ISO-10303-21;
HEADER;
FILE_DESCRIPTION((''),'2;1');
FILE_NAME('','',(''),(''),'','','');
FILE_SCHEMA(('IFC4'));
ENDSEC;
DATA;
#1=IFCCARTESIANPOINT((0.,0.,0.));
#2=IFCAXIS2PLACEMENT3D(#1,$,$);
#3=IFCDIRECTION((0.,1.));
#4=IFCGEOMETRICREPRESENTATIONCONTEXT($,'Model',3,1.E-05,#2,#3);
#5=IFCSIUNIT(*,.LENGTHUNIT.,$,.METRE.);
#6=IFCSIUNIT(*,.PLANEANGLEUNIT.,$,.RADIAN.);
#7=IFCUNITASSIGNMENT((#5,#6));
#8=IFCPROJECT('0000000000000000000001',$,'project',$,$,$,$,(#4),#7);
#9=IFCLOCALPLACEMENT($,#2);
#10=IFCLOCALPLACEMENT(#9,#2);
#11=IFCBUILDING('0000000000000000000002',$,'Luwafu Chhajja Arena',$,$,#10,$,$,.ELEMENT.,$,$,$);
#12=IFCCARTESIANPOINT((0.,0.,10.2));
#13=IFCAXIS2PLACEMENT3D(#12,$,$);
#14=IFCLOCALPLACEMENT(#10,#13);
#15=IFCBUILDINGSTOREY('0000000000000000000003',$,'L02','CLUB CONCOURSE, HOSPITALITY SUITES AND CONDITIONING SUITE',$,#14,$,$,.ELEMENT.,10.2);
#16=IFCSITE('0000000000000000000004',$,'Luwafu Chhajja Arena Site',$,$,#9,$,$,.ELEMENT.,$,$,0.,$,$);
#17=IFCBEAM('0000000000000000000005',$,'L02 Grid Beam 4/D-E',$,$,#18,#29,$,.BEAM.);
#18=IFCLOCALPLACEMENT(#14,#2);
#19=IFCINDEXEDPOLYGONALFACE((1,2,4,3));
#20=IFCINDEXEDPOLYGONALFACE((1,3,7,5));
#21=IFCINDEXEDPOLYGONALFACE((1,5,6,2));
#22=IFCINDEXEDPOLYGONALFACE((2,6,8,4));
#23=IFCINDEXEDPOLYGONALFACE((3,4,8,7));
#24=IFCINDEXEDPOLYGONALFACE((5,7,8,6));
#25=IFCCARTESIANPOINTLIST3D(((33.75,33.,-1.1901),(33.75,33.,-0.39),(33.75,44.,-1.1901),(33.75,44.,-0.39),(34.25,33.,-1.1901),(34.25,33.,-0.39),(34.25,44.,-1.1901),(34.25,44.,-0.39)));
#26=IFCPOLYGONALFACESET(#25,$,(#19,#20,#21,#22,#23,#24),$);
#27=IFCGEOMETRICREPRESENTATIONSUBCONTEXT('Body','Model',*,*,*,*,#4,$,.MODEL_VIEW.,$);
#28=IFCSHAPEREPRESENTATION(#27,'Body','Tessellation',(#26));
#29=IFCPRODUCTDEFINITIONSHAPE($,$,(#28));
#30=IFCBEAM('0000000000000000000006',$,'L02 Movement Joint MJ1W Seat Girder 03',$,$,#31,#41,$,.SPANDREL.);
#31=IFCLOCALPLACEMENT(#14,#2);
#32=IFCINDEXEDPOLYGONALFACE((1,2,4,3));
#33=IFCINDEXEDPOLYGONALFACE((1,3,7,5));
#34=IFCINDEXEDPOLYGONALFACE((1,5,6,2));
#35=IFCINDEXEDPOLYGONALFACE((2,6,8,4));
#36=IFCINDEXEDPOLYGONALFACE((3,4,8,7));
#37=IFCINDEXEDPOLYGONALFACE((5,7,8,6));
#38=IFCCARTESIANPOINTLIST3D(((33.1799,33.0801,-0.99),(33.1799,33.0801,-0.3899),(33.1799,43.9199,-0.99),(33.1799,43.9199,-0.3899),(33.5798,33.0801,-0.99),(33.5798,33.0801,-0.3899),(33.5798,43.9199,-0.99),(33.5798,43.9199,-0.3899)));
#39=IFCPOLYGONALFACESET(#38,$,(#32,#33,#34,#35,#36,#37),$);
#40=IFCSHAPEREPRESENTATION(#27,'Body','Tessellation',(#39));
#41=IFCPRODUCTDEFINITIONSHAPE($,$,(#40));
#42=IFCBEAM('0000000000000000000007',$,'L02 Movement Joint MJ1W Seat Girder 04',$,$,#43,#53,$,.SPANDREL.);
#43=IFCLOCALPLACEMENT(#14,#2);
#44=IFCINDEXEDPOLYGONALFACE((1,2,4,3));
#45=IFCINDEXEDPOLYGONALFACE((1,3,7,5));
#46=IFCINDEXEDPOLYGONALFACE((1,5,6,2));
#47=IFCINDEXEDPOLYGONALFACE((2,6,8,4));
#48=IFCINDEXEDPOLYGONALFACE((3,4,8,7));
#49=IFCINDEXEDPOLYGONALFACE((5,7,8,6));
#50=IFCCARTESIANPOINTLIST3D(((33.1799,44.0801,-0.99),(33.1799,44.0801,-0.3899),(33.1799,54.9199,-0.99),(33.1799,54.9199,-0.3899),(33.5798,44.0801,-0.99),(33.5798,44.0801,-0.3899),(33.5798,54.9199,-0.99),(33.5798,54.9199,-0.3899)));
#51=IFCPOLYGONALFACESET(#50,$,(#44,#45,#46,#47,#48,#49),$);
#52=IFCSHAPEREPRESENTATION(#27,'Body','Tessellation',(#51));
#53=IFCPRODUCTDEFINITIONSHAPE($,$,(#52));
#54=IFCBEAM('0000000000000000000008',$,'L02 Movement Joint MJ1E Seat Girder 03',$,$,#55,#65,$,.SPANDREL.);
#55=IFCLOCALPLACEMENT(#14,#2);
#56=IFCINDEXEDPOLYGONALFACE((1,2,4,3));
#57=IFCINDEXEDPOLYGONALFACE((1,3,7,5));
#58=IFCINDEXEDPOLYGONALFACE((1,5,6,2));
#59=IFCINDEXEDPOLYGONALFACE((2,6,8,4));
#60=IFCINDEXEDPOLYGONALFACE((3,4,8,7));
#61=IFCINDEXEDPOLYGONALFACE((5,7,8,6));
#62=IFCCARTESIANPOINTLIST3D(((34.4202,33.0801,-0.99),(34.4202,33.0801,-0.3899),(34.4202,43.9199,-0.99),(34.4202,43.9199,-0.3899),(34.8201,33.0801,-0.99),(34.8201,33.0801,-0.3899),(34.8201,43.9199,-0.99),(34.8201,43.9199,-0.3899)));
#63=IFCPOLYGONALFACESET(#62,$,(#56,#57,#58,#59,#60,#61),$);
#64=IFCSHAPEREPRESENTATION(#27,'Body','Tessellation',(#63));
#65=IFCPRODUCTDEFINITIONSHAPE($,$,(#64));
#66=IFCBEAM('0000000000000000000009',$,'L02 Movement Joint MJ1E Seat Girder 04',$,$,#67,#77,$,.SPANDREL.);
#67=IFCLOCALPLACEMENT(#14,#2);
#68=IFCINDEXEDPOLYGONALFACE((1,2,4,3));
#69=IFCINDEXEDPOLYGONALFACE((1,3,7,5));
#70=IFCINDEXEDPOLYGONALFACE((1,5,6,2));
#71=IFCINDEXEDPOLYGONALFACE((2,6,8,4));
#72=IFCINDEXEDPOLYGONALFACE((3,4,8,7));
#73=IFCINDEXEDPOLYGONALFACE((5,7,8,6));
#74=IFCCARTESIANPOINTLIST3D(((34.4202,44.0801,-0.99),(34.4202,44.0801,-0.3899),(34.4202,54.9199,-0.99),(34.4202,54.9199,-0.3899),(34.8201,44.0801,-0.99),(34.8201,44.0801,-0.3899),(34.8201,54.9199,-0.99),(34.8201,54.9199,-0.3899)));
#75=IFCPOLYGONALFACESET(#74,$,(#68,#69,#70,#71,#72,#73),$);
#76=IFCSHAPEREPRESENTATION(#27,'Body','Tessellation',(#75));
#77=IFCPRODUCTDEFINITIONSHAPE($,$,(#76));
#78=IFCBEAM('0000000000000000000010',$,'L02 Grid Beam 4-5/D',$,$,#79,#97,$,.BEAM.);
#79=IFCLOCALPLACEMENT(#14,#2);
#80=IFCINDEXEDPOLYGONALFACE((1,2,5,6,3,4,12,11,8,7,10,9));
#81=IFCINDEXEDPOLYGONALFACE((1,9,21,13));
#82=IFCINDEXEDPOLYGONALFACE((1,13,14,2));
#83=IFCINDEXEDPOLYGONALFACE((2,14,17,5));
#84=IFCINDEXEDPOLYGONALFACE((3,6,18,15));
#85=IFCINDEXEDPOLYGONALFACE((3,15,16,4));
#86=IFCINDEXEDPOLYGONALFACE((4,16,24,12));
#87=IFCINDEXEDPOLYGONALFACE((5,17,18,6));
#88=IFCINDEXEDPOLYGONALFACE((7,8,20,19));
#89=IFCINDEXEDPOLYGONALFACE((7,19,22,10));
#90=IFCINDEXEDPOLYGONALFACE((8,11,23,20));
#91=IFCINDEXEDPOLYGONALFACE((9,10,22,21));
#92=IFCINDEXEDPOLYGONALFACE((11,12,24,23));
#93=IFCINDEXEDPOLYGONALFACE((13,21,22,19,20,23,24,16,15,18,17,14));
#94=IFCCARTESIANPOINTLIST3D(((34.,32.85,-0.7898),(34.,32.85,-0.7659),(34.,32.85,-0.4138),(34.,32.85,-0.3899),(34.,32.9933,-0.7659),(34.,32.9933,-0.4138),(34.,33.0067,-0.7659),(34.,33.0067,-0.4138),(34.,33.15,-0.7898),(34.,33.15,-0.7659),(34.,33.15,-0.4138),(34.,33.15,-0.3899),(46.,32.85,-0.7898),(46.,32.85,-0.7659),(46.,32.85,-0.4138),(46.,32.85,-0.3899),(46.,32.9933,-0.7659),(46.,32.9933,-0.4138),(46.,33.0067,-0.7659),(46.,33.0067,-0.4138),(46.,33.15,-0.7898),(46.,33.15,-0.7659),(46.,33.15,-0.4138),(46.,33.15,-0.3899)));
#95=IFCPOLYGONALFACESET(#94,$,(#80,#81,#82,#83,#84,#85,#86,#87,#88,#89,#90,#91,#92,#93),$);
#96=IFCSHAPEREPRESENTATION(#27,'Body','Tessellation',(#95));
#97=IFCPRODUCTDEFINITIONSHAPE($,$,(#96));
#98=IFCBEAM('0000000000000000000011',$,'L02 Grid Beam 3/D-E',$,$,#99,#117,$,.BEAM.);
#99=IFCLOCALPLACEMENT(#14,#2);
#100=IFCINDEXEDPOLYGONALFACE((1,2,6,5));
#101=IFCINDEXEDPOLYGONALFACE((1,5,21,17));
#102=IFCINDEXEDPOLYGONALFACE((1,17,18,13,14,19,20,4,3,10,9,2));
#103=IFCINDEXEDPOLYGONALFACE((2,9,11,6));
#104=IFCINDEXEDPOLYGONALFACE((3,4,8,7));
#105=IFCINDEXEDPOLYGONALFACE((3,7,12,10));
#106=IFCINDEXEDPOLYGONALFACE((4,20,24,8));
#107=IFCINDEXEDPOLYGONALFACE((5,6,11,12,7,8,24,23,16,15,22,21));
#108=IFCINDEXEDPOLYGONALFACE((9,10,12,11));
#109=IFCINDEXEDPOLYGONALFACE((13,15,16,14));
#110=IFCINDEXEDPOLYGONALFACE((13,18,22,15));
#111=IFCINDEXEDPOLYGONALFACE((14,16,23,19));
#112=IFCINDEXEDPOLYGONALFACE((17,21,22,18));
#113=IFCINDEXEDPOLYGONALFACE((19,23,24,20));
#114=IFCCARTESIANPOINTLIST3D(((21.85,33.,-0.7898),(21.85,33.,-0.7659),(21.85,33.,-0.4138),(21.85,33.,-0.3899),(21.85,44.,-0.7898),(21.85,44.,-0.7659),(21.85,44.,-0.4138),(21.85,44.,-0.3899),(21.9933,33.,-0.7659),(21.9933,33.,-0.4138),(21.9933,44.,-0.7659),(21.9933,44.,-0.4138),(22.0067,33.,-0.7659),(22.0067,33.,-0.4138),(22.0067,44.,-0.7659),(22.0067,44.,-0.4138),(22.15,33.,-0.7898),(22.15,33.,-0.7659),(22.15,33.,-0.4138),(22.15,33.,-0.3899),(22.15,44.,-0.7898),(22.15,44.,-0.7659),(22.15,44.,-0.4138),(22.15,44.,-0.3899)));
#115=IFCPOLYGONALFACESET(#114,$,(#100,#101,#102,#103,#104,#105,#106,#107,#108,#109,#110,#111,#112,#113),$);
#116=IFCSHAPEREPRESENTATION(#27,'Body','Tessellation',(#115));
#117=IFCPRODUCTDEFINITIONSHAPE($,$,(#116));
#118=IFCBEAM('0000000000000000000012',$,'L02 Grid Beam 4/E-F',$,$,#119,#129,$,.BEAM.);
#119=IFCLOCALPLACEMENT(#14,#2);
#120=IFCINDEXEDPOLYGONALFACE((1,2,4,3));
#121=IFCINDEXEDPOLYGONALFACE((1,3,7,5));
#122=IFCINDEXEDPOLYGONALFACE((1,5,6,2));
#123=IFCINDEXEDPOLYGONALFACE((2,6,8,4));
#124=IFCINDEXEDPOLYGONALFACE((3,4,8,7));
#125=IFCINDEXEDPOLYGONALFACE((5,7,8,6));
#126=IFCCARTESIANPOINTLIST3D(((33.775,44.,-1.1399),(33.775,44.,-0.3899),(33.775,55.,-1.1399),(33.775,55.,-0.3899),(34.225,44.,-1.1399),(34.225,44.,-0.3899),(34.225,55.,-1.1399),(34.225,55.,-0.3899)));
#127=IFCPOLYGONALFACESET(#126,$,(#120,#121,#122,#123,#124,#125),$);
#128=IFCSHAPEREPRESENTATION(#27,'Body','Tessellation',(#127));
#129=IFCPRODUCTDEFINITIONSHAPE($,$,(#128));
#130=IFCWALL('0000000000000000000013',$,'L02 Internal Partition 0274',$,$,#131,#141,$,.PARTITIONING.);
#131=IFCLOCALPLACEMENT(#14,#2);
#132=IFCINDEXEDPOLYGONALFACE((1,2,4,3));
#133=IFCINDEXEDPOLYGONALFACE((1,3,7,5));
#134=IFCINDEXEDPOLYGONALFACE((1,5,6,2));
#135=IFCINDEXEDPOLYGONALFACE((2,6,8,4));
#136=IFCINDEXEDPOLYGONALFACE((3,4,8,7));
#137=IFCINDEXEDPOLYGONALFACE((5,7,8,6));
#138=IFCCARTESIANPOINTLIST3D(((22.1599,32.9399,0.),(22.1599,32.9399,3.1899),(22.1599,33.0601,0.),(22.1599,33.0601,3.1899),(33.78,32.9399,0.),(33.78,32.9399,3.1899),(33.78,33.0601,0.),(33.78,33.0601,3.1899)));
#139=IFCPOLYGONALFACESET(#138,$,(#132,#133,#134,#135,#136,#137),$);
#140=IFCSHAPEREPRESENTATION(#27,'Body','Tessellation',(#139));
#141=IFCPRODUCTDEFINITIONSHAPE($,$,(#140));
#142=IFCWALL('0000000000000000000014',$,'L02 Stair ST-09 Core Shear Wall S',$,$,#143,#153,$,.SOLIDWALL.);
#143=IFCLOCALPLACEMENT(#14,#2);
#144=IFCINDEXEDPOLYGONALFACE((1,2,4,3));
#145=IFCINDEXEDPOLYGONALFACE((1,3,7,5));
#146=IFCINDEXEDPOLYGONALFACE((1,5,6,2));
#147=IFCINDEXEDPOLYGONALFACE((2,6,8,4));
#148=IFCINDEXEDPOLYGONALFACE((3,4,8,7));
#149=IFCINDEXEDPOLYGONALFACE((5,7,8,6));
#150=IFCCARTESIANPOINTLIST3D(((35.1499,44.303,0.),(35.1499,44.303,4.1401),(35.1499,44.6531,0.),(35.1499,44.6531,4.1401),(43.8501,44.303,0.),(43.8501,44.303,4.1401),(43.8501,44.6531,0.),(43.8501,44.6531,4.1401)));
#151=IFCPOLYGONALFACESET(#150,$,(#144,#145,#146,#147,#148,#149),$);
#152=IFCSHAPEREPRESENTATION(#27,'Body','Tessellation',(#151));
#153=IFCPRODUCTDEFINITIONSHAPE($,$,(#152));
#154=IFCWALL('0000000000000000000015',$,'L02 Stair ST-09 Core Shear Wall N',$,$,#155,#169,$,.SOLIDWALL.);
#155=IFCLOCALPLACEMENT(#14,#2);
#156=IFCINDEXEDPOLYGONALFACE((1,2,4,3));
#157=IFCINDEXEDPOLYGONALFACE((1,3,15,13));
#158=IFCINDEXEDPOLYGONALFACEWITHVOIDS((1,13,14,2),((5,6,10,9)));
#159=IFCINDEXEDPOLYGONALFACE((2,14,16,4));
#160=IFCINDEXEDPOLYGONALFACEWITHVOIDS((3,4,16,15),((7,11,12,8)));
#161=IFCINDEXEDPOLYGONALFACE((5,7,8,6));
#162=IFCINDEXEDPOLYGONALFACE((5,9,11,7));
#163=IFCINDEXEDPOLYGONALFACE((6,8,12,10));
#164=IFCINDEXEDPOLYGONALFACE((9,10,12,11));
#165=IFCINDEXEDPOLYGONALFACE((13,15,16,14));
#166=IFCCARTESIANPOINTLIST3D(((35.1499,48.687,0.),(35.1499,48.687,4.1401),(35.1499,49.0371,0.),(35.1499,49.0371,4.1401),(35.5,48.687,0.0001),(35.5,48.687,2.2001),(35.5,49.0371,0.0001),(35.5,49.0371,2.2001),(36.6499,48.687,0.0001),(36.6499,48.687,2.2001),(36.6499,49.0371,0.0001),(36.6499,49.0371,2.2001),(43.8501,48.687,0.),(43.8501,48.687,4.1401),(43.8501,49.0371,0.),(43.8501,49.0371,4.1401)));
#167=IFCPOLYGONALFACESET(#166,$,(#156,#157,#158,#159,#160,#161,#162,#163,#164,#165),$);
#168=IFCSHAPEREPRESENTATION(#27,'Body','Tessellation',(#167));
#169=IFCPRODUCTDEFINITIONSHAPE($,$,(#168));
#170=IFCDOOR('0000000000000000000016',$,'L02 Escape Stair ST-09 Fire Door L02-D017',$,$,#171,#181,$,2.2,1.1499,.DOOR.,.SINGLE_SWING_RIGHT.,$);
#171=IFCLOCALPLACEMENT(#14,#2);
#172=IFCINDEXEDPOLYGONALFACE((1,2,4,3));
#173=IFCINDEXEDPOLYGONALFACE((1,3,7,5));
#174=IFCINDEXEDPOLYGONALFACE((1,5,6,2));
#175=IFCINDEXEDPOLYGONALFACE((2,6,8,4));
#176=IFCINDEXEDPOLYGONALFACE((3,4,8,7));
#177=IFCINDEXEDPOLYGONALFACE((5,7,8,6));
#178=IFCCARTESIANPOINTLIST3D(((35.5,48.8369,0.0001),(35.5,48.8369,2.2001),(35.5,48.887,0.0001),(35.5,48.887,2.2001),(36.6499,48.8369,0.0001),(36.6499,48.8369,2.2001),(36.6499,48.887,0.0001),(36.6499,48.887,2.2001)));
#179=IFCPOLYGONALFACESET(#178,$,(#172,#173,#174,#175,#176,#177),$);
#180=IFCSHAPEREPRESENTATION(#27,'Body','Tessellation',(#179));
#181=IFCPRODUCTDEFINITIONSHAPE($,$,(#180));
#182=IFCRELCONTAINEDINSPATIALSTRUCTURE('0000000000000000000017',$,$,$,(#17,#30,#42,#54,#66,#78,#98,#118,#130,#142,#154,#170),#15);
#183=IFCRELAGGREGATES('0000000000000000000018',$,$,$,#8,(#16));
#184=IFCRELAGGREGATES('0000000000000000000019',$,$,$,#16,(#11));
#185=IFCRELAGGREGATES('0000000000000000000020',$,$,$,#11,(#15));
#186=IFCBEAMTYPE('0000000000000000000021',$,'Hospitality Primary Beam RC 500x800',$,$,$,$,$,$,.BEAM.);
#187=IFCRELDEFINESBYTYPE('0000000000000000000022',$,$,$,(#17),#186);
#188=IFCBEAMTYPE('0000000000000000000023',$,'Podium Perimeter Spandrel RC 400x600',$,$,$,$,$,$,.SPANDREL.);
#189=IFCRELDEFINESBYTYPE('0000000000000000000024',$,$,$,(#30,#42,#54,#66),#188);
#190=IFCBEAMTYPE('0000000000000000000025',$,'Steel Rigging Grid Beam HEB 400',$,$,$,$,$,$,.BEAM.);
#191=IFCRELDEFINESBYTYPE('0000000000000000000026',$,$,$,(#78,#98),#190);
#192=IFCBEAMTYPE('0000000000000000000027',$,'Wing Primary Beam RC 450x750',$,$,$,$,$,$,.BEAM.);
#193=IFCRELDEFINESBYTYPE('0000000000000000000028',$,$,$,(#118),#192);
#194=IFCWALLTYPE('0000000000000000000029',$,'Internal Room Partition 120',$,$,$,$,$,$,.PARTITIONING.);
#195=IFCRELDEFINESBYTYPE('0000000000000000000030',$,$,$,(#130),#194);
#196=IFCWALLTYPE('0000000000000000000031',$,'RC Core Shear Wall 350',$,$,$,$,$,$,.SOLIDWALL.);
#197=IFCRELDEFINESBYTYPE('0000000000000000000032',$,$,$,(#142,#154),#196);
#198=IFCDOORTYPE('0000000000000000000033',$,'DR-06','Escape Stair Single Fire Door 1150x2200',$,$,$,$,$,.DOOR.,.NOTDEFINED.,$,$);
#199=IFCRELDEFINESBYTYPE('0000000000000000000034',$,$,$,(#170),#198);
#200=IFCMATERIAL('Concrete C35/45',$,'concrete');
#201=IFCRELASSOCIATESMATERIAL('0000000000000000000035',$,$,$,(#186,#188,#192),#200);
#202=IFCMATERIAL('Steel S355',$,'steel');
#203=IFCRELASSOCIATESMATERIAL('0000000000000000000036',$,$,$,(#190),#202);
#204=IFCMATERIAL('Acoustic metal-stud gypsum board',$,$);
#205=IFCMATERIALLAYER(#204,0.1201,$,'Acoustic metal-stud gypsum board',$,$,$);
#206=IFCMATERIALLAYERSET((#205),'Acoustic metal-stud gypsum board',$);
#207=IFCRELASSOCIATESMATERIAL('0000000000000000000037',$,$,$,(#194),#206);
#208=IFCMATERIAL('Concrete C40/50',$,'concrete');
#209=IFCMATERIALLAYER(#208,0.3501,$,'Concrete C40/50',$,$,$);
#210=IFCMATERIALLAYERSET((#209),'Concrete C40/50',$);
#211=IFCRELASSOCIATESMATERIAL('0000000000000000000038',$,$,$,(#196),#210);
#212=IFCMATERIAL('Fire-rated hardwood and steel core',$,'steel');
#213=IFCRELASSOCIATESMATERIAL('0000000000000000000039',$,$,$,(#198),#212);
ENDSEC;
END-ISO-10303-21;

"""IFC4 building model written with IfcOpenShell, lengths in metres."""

from ifc_helpers import new_model, si_unit, direction, frame, frame_2d, origin, origin_2d, place, context, subcontext, project, spatial, rectangle, i_section, extrude, material, layer, layer_set, material_profile, profile_set, type_object, element, fill, save


model = new_model("IFC4")

# Units and contexts
model_context = context("Model", 3, precision=1e-05, world=origin(), true_north=direction((0.0, 1.0)))
body_context = subcontext(model_context, "Body", "Model", "MODEL_VIEW")
ifc_project = project(units=[si_unit("LENGTHUNIT", "METRE"), si_unit("PLANEANGLEUNIT", "RADIAN")], contexts=[model_context])

# Site, building, storey
site_placement = place(None, origin())
site = spatial("IfcSite", under=ifc_project, at=site_placement, Name="Luwafu Chhajja Arena Site", CompositionType="ELEMENT", RefElevation=0.0)
building_placement = place(site_placement, origin())
building = spatial("IfcBuilding", under=site, at=building_placement, Name="Luwafu Chhajja Arena", CompositionType="ELEMENT")
storey_placement = place(building_placement, frame((0.0, 0.0, 10.2)))
storey = spatial("IfcBuildingStorey", under=building, at=storey_placement, Name="L02", Description="CLUB CONCOURSE, HOSPITALITY SUITES AND CONDITIONING SUITE", CompositionType="ELEMENT", Elevation=10.2)

# Shared definitions
ifc_material_1 = material(Name="Concrete C35/45", Category="concrete")

# Shared definitions
ifc_material_2 = material(Name="Steel S355", Category="steel")

# Beams
ifc_material_profile_1 = material_profile(ifc_material_1, rectangle(XDim=0.5, YDim=0.8, at=origin_2d()), Name="RC 500x800")
ifc_profile_set_1 = profile_set([ifc_material_profile_1], Name="Concrete C35/45")
beam_type_1 = type_object("IfcBeamType", Name="Hospitality Primary Beam RC 500x800", PredefinedType="BEAM", material=ifc_profile_set_1)
beam_1_placement = place(storey_placement, frame((34.0, 33.0, -0.79), z_axis=(0.0, 1.0, 0.0), x_axis=(-1.0, 0.0, 0.0)))
element("IfcBeam", 1, at=beam_1_placement, inside=storey, type_object=beam_type_1, Name="L02 Grid Beam 4/D-E", PredefinedType="BEAM", context=body_context, shape_type="SweptSolid", body=[
    extrude(rectangle(XDim=0.5, YDim=0.8, at=origin_2d()), origin(), (0.0, 0.0, 1.0), 11.0),
])
ifc_material_profile_2 = material_profile(ifc_material_1, rectangle(XDim=0.3999, YDim=0.6001, at=origin_2d()), Name="RC 400x600")
ifc_profile_set_2 = profile_set([ifc_material_profile_2], Name="Concrete C35/45")
beam_type_2 = type_object("IfcBeamType", Name="Podium Perimeter Spandrel RC 400x600", PredefinedType="SPANDREL", material=ifc_profile_set_2)
for number, where, z_axis, x_axis, name in (
    (2, (33.3799, 33.0801, -0.6899), (0.0, 1.0, 0.0), (-1.0, 0.0, 0.0), "L02 Movement Joint MJ1W Seat Girder 03"),
    (3, (33.3799, 44.0801, -0.6899), (0.0, 1.0, 0.0), (-1.0, 0.0, 0.0), "L02 Movement Joint MJ1W Seat Girder 04"),
    (4, (34.6201, 33.0801, -0.6899), (0.0, 1.0, 0.0), (-1.0, 0.0, 0.0), "L02 Movement Joint MJ1E Seat Girder 03"),
    (5, (34.6201, 44.0801, -0.6899), (0.0, 1.0, 0.0), (-1.0, 0.0, 0.0), "L02 Movement Joint MJ1E Seat Girder 04"),
):
    element("IfcBeam", number, at=place(storey_placement, frame(where, z_axis=z_axis, x_axis=x_axis)), inside=storey, type_object=beam_type_2, Name=name, PredefinedType="SPANDREL", context=body_context, shape_type="SweptSolid", body=[
        extrude(rectangle(XDim=0.3999, YDim=0.6001, at=origin_2d()), origin(), (0.0, 0.0, 1.0), 10.8398),
    ])
ifc_material_profile_3 = material_profile(ifc_material_2, i_section(OverallWidth=0.3, OverallDepth=0.3999, WebThickness=0.0134, FlangeThickness=0.0239, at=origin_2d()), Name="HEB 400")
ifc_profile_set_3 = profile_set([ifc_material_profile_3], Name="Steel S355")
beam_type_3 = type_object("IfcBeamType", Name="Steel Rigging Grid Beam HEB 400", PredefinedType="BEAM", material=ifc_profile_set_3)
beam_2_placement = place(storey_placement, frame((34.0, 33.0, -0.5898), z_axis=(1.0, 0.0, 0.0), x_axis=(0.0, 1.0, 0.0)))
element("IfcBeam", 6, at=beam_2_placement, inside=storey, type_object=beam_type_3, Name="L02 Grid Beam 4-5/D", PredefinedType="BEAM", context=body_context, shape_type="SweptSolid", body=[
    extrude(i_section(OverallWidth=0.3, OverallDepth=0.3999, WebThickness=0.0134, FlangeThickness=0.0239, at=origin_2d()), origin(), (0.0, 0.0, 1.0), 12.0),
])
beam_3_placement = place(storey_placement, frame((22.0, 33.0, -0.5898), z_axis=(0.0, 1.0, 0.0), x_axis=(-1.0, 0.0, 0.0)))
element("IfcBeam", 7, at=beam_3_placement, inside=storey, type_object=beam_type_3, Name="L02 Grid Beam 3/D-E", PredefinedType="BEAM", context=body_context, shape_type="SweptSolid", body=[
    extrude(i_section(OverallWidth=0.3, OverallDepth=0.3999, WebThickness=0.0134, FlangeThickness=0.0239, at=origin_2d()), origin(), (0.0, 0.0, 1.0), 11.0),
])
ifc_material_profile_4 = material_profile(ifc_material_1, rectangle(XDim=0.45, YDim=0.75, at=origin_2d()), Name="RC 450x750")
ifc_profile_set_4 = profile_set([ifc_material_profile_4], Name="Concrete C35/45")
beam_type_4 = type_object("IfcBeamType", Name="Wing Primary Beam RC 450x750", PredefinedType="BEAM", material=ifc_profile_set_4)
beam_4_placement = place(storey_placement, frame((34.0, 44.0, -0.7649), z_axis=(0.0, 1.0, 0.0), x_axis=(-1.0, 0.0, 0.0)))
element("IfcBeam", 8, at=beam_4_placement, inside=storey, type_object=beam_type_4, Name="L02 Grid Beam 4/E-F", PredefinedType="BEAM", context=body_context, shape_type="SweptSolid", body=[
    extrude(rectangle(XDim=0.45, YDim=0.75, at=origin_2d()), origin(), (0.0, 0.0, 1.0), 11.0),
])

# Walls
ifc_material_3 = material(Name="Acoustic metal-stud gypsum board")
ifc_layer_1 = layer(ifc_material_3, 0.1201, Name="Acoustic metal-stud gypsum board")
ifc_layer_set_1 = layer_set([ifc_layer_1], Name="Acoustic metal-stud gypsum board")
wall_type_1 = type_object("IfcWallType", Name="Internal Room Partition 120", PredefinedType="PARTITIONING", material=ifc_layer_set_1)
wall_1_placement = place(storey_placement, frame((22.1599, 33.0, 0.0), z_axis=(0.0, 0.0, 1.0), x_axis=(1.0, 0.0, 0.0)))
element("IfcWall", 9, at=wall_1_placement, inside=storey, type_object=wall_type_1, Name="L02 Internal Partition 0274", PredefinedType="PARTITIONING", context=body_context, shape_type="SweptSolid", body=[
    extrude(rectangle(XDim=11.6201, YDim=0.1201, at=frame_2d((5.8101, 0.0))), origin(), (0.0, 0.0, 1.0), 3.1899),
])
ifc_material_4 = material(Name="Concrete C40/50", Category="concrete")
ifc_layer_2 = layer(ifc_material_4, 0.3501, Name="Concrete C40/50")
ifc_layer_set_2 = layer_set([ifc_layer_2], Name="Concrete C40/50")
wall_type_2 = type_object("IfcWallType", Name="RC Core Shear Wall 350", PredefinedType="SOLIDWALL", material=ifc_layer_set_2)
wall_2_placement = place(storey_placement, frame((35.1499, 44.478, 0.0), z_axis=(0.0, 0.0, 1.0), x_axis=(1.0, 0.0, 0.0)))
element("IfcWall", 10, at=wall_2_placement, inside=storey, type_object=wall_type_2, Name="L02 Stair ST-09 Core Shear Wall S", PredefinedType="SOLIDWALL", context=body_context, shape_type="SweptSolid", body=[
    extrude(rectangle(XDim=8.7002, YDim=0.3501, at=frame_2d((4.3501, 0.0))), origin(), (0.0, 0.0, 1.0), 4.1401),
])

# Wall, opening, door
wall_3_placement = place(storey_placement, frame((35.1499, 48.8621, 0.0), z_axis=(0.0, 0.0, 1.0), x_axis=(1.0, 0.0, 0.0)))
wall_3 = element("IfcWall", 11, at=wall_3_placement, inside=storey, type_object=wall_type_2, Name="L02 Stair ST-09 Core Shear Wall N", PredefinedType="SOLIDWALL", context=body_context, shape_type="SweptSolid", body=[
    extrude(rectangle(XDim=8.7002, YDim=0.3501, at=frame_2d((4.3501, 0.0))), origin(), (0.0, 0.0, 1.0), 4.1401),
])
opening_placement = place(wall_3_placement, frame((0.3501, 0.0, 0.0)))
opening = element("IfcOpeningElement", 12, at=opening_placement, cuts=wall_3, PredefinedType="OPENING", context=body_context, shape_type="SweptSolid", body=[
    extrude(rectangle(XDim=1.1499, YDim=2.2, at=frame_2d((0.575, 1.1001))), frame((0.0, 0.1851, 0.0), z_axis=(0.0, -1.0, 0.0), x_axis=(1.0, 0.0, 0.0)), (0.0, 0.0, 1.0), 0.3701),
])
ifc_material_5 = material(Name="Fire-rated hardwood and steel core", Category="steel")
door_type = type_object("IfcDoorType", Name="DR-06", Description="Escape Stair Single Fire Door 1150x2200", OperationType="NOTDEFINED", PredefinedType="DOOR", material=ifc_material_5)
door_placement = place(opening_placement, origin())
door = element("IfcDoor", 13, at=door_placement, inside=storey, type_object=door_type, Name="L02 Escape Stair ST-09 Fire Door L02-D017", OperationType="SINGLE_SWING_RIGHT", OverallHeight=2.2, OverallWidth=1.1499, PredefinedType="DOOR", context=body_context, shape_type="SweptSolid", body=[
    extrude(rectangle(XDim=1.1499, YDim=2.2, at=frame_2d((0.575, 1.1001))), frame((0.0, 0.0249, 0.0), z_axis=(0.0, -1.0, 0.0), x_axis=(1.0, 0.0, 0.0)), (0.0, 0.0, 1.0), 0.05),
])
fill(opening, door)

save(model, "model.ifc")
